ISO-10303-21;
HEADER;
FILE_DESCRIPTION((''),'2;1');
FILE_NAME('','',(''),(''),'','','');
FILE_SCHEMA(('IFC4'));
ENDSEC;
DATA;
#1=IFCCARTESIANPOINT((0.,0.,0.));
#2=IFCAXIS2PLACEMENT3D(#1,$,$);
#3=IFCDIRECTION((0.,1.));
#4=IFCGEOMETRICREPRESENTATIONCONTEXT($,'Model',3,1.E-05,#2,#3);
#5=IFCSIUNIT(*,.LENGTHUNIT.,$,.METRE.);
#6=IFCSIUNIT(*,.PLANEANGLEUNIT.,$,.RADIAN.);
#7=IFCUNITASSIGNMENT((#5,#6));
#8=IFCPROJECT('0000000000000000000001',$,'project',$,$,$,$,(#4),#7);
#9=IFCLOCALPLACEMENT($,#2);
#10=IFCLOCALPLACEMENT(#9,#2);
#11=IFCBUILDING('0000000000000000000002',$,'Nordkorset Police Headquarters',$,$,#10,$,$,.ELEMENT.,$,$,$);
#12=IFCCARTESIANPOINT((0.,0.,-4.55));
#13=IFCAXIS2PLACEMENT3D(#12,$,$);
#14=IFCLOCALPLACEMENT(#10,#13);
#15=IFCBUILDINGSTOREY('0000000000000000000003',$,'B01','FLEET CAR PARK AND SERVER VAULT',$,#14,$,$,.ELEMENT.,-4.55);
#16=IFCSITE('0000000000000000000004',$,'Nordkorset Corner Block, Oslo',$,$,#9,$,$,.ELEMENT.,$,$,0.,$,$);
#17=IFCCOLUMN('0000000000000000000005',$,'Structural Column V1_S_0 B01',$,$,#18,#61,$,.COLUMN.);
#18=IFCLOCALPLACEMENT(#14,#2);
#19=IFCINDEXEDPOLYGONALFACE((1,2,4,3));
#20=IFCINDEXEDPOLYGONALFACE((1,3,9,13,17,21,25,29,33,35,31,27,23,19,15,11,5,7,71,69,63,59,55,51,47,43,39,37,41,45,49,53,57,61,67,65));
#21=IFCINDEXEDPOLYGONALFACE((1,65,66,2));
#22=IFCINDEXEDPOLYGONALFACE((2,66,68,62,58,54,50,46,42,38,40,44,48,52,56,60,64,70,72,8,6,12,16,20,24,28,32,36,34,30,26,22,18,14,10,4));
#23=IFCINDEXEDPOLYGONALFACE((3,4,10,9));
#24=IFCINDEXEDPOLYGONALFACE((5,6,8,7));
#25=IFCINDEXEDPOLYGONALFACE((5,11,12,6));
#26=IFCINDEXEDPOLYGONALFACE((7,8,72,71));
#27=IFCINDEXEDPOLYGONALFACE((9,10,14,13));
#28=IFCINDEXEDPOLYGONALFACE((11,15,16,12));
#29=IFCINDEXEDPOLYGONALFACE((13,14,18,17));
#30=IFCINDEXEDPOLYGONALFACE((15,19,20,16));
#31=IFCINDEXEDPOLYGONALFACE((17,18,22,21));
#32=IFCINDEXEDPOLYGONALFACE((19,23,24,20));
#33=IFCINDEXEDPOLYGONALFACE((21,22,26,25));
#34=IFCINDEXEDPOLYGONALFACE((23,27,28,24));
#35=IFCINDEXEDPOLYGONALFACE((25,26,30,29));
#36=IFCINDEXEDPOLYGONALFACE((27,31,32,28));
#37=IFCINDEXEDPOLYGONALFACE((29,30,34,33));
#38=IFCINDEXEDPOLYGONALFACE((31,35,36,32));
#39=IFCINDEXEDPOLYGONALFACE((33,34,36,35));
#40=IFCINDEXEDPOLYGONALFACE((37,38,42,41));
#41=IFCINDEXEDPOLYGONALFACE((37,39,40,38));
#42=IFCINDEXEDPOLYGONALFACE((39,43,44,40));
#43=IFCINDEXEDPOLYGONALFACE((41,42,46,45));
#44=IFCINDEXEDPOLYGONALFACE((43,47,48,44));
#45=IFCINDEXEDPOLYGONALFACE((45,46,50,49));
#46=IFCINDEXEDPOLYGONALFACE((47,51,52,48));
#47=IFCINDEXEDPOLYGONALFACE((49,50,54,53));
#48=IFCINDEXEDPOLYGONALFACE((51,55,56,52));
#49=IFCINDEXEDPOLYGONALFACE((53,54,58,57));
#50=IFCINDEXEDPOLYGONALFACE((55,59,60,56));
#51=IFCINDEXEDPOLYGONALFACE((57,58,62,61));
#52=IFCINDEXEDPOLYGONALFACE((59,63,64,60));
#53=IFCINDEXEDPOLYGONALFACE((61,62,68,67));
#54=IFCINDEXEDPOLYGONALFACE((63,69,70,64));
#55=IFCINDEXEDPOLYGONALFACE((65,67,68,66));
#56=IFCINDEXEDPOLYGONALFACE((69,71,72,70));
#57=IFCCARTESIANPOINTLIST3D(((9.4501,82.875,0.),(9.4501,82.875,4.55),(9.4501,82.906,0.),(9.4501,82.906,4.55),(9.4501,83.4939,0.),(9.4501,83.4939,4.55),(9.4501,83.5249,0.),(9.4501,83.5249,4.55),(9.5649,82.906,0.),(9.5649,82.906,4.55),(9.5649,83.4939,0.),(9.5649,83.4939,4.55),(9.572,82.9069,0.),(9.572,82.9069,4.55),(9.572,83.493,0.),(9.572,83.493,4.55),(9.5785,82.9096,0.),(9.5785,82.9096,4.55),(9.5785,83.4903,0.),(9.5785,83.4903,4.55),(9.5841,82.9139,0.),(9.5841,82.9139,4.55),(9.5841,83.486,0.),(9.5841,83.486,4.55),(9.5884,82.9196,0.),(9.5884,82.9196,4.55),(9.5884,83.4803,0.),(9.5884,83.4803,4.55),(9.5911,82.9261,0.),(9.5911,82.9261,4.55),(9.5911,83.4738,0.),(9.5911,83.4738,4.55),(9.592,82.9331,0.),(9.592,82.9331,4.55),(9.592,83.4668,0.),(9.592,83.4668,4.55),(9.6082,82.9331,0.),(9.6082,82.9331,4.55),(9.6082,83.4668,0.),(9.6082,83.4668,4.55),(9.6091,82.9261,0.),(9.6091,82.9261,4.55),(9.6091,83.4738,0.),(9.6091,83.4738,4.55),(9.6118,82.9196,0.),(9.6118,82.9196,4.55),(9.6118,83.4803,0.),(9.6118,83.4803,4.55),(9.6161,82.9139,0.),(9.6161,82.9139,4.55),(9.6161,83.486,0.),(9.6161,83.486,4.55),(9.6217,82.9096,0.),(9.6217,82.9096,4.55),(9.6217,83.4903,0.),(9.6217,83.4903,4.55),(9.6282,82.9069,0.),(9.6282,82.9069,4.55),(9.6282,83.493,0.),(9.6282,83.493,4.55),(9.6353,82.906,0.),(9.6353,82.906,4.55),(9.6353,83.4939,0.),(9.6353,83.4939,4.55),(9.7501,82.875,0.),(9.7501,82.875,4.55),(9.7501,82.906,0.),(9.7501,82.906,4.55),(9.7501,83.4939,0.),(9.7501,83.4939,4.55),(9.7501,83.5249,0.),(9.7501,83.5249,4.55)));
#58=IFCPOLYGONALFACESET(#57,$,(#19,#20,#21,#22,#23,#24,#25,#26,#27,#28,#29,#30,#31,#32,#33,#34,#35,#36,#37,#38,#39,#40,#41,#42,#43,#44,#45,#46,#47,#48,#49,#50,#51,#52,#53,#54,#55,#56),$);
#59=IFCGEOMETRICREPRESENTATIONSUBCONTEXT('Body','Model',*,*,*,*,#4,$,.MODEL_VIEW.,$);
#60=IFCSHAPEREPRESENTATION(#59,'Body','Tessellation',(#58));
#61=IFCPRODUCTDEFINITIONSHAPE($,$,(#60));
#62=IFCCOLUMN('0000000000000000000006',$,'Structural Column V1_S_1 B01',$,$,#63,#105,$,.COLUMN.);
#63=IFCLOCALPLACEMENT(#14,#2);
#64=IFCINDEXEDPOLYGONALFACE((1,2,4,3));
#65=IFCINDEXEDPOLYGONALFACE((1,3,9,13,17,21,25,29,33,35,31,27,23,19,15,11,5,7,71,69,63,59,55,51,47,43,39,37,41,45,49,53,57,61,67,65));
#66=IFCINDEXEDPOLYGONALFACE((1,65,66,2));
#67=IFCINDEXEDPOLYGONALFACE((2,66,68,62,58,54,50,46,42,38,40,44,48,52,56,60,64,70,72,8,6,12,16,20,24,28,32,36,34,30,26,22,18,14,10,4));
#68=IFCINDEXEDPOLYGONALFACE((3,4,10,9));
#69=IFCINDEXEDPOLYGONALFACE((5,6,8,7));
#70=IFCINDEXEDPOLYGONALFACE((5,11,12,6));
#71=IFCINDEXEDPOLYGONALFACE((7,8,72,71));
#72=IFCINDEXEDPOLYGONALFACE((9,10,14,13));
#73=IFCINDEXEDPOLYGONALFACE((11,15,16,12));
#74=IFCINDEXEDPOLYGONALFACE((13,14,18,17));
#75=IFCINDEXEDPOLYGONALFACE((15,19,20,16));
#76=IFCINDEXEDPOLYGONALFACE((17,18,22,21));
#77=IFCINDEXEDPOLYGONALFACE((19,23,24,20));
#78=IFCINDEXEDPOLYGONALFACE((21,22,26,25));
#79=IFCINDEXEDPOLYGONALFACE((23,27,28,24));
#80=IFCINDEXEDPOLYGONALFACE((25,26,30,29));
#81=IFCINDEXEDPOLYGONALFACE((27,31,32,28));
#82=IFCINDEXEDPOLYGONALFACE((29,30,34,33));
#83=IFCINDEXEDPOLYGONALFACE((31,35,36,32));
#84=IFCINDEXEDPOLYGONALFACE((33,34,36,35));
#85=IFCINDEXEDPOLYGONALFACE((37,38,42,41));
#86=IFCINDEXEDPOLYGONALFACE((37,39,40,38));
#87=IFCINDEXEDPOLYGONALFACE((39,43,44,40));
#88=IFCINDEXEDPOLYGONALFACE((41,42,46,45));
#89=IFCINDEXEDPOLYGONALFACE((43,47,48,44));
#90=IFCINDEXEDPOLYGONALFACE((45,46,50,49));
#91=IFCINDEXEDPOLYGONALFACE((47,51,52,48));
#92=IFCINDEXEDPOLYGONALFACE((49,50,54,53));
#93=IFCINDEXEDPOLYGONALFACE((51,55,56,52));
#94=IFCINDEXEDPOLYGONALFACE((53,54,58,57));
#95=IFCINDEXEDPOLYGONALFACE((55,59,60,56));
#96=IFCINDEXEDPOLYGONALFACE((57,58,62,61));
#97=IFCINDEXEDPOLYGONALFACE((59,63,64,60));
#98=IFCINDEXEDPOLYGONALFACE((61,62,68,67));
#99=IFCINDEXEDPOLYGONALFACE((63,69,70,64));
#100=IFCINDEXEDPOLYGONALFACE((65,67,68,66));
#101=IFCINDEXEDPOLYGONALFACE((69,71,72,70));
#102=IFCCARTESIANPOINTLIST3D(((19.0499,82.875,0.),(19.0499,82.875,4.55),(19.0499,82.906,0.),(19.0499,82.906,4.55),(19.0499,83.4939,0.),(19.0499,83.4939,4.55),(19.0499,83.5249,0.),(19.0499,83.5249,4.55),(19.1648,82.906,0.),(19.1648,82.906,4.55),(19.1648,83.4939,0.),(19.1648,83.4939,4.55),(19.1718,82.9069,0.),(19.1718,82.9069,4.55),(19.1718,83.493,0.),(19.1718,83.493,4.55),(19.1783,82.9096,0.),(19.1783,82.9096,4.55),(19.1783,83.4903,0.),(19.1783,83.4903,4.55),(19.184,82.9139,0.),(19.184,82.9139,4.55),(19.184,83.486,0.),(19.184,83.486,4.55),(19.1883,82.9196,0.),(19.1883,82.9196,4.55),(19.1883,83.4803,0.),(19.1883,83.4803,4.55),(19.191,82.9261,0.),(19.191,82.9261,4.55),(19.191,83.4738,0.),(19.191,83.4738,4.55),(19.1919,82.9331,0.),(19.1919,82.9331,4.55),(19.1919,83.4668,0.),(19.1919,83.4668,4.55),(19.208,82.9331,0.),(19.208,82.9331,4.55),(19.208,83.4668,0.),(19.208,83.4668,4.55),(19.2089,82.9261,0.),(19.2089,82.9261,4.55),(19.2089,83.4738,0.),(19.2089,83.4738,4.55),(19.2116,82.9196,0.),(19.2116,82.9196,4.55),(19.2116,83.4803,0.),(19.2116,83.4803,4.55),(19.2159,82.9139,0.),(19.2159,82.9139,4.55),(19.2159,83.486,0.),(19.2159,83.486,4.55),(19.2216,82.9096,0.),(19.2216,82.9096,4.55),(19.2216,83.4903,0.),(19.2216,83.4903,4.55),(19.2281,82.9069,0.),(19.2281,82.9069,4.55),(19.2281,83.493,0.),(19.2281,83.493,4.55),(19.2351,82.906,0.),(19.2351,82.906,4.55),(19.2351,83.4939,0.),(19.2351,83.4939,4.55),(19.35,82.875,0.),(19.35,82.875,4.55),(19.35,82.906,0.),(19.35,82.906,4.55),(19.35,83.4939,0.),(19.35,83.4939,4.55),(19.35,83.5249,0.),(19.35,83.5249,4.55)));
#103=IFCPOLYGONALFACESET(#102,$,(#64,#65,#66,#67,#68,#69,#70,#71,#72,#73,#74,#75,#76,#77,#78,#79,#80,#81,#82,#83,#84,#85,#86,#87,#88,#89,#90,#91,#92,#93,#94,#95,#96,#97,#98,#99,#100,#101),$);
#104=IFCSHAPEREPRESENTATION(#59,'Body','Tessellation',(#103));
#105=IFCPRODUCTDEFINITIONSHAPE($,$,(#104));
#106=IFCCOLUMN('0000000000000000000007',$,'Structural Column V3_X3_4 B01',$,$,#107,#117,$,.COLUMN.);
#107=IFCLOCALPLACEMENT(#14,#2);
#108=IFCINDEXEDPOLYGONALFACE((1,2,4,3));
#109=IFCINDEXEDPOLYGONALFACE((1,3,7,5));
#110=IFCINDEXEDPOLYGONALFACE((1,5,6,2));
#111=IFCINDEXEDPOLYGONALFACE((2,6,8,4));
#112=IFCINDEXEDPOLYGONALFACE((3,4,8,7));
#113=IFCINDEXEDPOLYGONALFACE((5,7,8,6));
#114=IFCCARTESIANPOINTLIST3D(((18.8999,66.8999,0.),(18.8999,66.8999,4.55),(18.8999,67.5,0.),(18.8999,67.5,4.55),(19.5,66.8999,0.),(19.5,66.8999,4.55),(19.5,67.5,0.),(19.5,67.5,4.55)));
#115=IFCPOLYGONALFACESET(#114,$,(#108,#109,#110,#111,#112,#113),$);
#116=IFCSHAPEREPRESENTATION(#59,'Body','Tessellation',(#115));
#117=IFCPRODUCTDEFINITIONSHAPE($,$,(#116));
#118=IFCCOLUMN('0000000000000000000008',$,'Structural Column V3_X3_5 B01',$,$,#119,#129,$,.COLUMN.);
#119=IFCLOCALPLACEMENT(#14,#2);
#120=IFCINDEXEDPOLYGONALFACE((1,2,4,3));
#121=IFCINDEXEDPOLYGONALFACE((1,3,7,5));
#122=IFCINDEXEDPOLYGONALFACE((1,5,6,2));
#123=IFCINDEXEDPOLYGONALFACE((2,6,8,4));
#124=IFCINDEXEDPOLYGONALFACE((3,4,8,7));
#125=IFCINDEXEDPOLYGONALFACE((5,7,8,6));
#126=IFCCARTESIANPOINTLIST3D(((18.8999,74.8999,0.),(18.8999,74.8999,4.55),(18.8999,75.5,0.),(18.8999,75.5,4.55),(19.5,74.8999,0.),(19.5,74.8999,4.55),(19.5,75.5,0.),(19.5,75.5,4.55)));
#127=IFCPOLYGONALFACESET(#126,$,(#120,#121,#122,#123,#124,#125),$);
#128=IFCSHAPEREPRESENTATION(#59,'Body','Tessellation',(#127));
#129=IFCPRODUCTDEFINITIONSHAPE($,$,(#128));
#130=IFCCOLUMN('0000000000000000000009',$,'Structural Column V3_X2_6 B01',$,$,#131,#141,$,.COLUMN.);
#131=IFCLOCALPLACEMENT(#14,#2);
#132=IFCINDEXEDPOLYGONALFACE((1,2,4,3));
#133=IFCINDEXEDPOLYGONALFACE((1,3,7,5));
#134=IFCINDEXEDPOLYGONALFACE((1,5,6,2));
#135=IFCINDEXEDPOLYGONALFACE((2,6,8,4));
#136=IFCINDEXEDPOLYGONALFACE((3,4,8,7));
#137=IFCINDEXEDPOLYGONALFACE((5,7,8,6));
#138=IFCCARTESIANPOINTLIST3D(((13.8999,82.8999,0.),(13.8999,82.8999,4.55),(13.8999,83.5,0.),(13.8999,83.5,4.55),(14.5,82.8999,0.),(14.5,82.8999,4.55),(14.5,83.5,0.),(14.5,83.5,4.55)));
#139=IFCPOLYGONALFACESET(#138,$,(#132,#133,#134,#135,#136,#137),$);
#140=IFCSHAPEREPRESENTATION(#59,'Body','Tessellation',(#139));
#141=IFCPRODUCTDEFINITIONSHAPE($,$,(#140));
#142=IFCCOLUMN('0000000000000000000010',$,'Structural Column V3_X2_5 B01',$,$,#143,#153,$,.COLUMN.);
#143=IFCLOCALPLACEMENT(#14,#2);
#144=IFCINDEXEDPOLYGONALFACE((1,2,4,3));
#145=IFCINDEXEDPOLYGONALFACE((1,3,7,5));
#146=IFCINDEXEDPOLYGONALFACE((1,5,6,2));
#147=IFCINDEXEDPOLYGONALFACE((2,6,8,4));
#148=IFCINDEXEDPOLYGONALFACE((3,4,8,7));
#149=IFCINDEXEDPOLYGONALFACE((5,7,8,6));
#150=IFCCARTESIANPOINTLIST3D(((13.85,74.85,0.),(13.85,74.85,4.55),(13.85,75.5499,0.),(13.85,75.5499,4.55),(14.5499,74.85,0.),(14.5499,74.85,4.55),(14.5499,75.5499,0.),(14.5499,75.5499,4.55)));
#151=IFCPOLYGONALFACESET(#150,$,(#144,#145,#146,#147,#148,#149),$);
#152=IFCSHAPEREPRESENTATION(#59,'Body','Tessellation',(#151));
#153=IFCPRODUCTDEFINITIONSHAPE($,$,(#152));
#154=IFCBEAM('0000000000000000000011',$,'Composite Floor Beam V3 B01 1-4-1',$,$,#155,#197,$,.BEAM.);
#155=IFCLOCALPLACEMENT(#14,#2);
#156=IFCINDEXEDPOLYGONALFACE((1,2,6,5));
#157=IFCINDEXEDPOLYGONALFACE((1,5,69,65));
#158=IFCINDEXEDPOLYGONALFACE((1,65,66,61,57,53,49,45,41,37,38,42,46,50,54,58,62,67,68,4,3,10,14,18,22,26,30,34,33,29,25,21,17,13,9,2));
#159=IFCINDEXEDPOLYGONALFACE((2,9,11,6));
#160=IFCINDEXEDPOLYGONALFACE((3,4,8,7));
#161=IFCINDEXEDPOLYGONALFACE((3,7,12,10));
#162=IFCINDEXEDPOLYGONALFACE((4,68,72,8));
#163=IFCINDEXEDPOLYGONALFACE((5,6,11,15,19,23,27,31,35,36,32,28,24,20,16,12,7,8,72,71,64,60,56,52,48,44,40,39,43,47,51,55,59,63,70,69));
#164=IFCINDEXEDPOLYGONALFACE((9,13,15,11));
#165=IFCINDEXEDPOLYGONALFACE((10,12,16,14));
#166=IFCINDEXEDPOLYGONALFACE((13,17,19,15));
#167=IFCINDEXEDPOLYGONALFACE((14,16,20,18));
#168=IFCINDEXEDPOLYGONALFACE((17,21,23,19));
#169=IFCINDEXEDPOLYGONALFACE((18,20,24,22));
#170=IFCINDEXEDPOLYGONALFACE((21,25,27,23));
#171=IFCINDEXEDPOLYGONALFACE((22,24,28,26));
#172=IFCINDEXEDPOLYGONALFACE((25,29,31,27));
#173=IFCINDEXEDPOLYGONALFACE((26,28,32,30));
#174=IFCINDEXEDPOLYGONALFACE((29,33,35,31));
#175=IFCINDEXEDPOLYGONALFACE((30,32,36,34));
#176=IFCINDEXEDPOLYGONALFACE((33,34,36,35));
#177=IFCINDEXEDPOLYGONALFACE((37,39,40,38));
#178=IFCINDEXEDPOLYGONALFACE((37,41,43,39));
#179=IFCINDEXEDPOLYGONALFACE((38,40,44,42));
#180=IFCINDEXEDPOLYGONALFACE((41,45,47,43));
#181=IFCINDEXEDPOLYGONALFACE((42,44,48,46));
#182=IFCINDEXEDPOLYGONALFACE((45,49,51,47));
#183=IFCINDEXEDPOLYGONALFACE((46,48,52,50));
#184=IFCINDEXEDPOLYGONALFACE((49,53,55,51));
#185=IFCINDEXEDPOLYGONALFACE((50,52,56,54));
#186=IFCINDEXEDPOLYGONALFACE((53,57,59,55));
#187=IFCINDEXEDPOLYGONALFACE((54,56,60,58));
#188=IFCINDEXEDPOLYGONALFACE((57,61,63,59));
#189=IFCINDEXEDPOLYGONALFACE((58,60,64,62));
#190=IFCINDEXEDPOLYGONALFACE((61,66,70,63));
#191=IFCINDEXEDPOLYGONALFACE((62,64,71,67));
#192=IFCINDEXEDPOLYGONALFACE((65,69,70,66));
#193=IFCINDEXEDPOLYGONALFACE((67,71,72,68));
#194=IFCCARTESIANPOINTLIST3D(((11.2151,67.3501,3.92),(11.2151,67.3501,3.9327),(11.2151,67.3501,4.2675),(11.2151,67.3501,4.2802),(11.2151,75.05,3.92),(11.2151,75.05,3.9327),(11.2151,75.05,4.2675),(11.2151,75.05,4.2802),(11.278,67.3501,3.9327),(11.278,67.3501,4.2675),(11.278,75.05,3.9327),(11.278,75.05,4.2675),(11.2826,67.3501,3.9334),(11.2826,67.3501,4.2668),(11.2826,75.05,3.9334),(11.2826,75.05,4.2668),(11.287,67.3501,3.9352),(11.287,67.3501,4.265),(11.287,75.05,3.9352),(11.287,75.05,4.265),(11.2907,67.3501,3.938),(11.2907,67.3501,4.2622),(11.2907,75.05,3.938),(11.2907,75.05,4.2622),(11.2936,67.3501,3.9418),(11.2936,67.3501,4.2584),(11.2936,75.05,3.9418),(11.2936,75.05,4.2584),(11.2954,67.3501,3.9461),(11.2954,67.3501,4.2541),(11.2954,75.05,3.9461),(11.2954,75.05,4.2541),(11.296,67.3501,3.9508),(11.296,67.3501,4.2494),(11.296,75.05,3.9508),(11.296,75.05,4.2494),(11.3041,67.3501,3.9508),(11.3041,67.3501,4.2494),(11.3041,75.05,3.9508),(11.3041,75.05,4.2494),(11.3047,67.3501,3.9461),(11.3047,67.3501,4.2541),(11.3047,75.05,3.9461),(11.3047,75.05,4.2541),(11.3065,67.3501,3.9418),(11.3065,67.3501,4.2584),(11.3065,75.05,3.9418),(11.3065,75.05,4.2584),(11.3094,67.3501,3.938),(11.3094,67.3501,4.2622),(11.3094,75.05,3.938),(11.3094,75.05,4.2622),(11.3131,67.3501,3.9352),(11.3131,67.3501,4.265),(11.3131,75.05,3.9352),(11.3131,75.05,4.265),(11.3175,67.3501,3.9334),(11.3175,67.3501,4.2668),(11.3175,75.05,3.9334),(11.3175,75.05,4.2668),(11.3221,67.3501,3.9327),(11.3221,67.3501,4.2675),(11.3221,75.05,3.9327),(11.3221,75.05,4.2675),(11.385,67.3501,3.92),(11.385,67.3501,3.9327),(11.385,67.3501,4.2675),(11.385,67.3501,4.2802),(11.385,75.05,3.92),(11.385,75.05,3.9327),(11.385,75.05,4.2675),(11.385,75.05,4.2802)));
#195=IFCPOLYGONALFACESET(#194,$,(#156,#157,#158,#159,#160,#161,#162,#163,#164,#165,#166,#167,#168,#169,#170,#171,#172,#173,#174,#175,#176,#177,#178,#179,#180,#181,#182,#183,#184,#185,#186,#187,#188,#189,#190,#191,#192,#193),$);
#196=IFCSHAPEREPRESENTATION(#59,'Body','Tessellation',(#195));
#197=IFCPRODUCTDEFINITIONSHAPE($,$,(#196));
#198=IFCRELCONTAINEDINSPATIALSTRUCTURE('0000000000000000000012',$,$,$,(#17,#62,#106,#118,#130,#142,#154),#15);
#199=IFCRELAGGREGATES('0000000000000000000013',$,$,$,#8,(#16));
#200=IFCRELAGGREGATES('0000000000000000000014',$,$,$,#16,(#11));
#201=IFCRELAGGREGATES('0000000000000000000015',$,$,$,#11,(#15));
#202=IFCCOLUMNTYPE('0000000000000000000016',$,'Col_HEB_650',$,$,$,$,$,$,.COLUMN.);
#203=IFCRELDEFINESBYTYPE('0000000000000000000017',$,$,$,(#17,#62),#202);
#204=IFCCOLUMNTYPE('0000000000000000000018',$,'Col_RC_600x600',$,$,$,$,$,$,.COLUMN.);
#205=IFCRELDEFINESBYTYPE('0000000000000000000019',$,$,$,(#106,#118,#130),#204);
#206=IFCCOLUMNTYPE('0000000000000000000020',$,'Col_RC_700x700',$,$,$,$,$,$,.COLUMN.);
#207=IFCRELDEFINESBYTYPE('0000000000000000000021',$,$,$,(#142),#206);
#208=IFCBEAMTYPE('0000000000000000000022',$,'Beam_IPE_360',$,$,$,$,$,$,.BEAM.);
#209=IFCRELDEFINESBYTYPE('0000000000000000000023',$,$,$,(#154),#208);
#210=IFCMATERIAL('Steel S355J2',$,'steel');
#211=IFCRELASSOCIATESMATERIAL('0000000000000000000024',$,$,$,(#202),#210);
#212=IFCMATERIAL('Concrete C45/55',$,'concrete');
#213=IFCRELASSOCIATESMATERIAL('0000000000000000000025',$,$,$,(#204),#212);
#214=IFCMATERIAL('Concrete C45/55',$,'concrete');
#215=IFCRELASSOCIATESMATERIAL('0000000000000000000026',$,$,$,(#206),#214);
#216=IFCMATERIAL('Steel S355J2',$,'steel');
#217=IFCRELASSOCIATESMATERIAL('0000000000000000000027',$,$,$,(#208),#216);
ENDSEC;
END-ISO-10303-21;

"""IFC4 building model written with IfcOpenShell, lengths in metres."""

from ifc_helpers import new_model, si_unit, direction, frame, origin, origin_2d, place, context, subcontext, project, spatial, rectangle, i_section, extrude, material, material_profile, profile_set, type_object, element, save


model = new_model("IFC4")

# Units and contexts
model_context = context("Model", 3, precision=1e-05, world=origin(), true_north=direction((0.0, 1.0)))
body_context = subcontext(model_context, "Body", "Model", "MODEL_VIEW")
ifc_project = project(units=[si_unit("LENGTHUNIT", "METRE"), si_unit("PLANEANGLEUNIT", "RADIAN")], contexts=[model_context])

# Site, building, storey
site_placement = place(None, origin())
site = spatial("IfcSite", under=ifc_project, at=site_placement, Name="Nordkorset Corner Block, Oslo", CompositionType="ELEMENT", RefElevation=0.0)
building_placement = place(site_placement, origin())
building = spatial("IfcBuilding", under=site, at=building_placement, Name="Nordkorset Police Headquarters", CompositionType="ELEMENT")
storey_placement = place(building_placement, frame((0.0, 0.0, -4.55)))
storey = spatial("IfcBuildingStorey", under=building, at=storey_placement, Name="B01", Description="FLEET CAR PARK AND SERVER VAULT", CompositionType="ELEMENT", Elevation=-4.55)

# Columns
ifc_material_1 = material(Name="Steel S355J2", Category="steel")
ifc_material_profile_1 = material_profile(ifc_material_1, i_section(OverallWidth=0.3, OverallDepth=0.6499, WebThickness=0.0161, FlangeThickness=0.031, FilletRadius=0.0271, at=origin_2d()), Name="HEB 650")
ifc_profile_set_1 = profile_set([ifc_material_profile_1], Name="Steel S355J2")
column_type_1 = type_object("IfcColumnType", Name="Col_HEB_650", PredefinedType="COLUMN", material=ifc_profile_set_1)
for number, where, z_axis, x_axis, name in (
    (1, (9.6001, 83.2, 0.0), (0.0, 0.0, 1.0), (1.0, 0.0, 0.0), "Structural Column V1_S_0 B01"),
    (2, (19.2, 83.2, 0.0), (0.0, 0.0, 1.0), (1.0, 0.0, 0.0), "Structural Column V1_S_1 B01"),
):
    element("IfcColumn", number, at=place(storey_placement, frame(where, z_axis=z_axis, x_axis=x_axis)), inside=storey, type_object=column_type_1, Name=name, PredefinedType="COLUMN", context=body_context, shape_type="SweptSolid", body=[
        extrude(i_section(OverallWidth=0.3, OverallDepth=0.6499, WebThickness=0.0161, FlangeThickness=0.031, FilletRadius=0.0271, at=origin_2d()), origin(), (0.0, 0.0, 1.0), 4.55),
    ])
ifc_material_2 = material(Name="Concrete C45/55", Category="concrete")
ifc_material_profile_2 = material_profile(ifc_material_2, rectangle(XDim=0.6001, YDim=0.6001, at=origin_2d()), Name="RC 600x600")
ifc_profile_set_2 = profile_set([ifc_material_profile_2], Name="Concrete C45/55")
column_type_2 = type_object("IfcColumnType", Name="Col_RC_600x600", PredefinedType="COLUMN", material=ifc_profile_set_2)
for number, where, z_axis, x_axis, name in (
    (3, (19.2, 67.2, 0.0), (0.0, 0.0, 1.0), (1.0, 0.0, 0.0), "Structural Column V3_X3_4 B01"),
    (4, (19.2, 75.2, 0.0), (0.0, 0.0, 1.0), (1.0, 0.0, 0.0), "Structural Column V3_X3_5 B01"),
    (5, (14.2, 83.2, 0.0), (0.0, 0.0, 1.0), (1.0, 0.0, 0.0), "Structural Column V3_X2_6 B01"),
):
    element("IfcColumn", number, at=place(storey_placement, frame(where, z_axis=z_axis, x_axis=x_axis)), inside=storey, type_object=column_type_2, Name=name, PredefinedType="COLUMN", context=body_context, shape_type="SweptSolid", body=[
        extrude(rectangle(XDim=0.6001, YDim=0.6001, at=origin_2d()), origin(), (0.0, 0.0, 1.0), 4.55),
    ])
ifc_material_3 = material(Name="Concrete C45/55", Category="concrete")
ifc_material_profile_3 = material_profile(ifc_material_3, rectangle(XDim=0.7, YDim=0.7, at=origin_2d()), Name="RC 700x700")
ifc_profile_set_3 = profile_set([ifc_material_profile_3], Name="Concrete C45/55")
column_type_3 = type_object("IfcColumnType", Name="Col_RC_700x700", PredefinedType="COLUMN", material=ifc_profile_set_3)
column_placement = place(storey_placement, frame((14.2, 75.2, 0.0), z_axis=(0.0, 0.0, 1.0), x_axis=(1.0, 0.0, 0.0)))
element("IfcColumn", 6, at=column_placement, inside=storey, type_object=column_type_3, Name="Structural Column V3_X2_5 B01", PredefinedType="COLUMN", context=body_context, shape_type="SweptSolid", body=[
    extrude(rectangle(XDim=0.7, YDim=0.7, at=origin_2d()), origin(), (0.0, 0.0, 1.0), 4.55),
])

# Beam
ifc_material_4 = material(Name="Steel S355J2", Category="steel")
ifc_material_profile_4 = material_profile(ifc_material_4, i_section(OverallWidth=0.1699, OverallDepth=0.3601, WebThickness=0.0081, FlangeThickness=0.0127, FilletRadius=0.0181, at=origin_2d()), Name="IPE 360")
ifc_profile_set_4 = profile_set([ifc_material_profile_4], Name="Steel S355J2")
beam_type_1 = type_object("IfcBeamType", Name="Beam_IPE_360", PredefinedType="BEAM", material=ifc_profile_set_4)
for number, where, z_axis, x_axis, name in (
    (7, (11.3, 67.3501, 4.1001), (0.0, 1.0, 0.0), (-1.0, 0.0, 0.0), "Composite Floor Beam V3 B01 1-4-1"),
):
    element("IfcBeam", number, at=place(storey_placement, frame(where, z_axis=z_axis, x_axis=x_axis)), inside=storey, type_object=beam_type_1, Name=name, PredefinedType="BEAM", context=body_context, shape_type="SweptSolid", body=[
        extrude(i_section(OverallWidth=0.1699, OverallDepth=0.3601, WebThickness=0.0081, FlangeThickness=0.0127, FilletRadius=0.0181, at=origin_2d()), origin(), (0.0, 0.0, 1.0), 7.7),
    ])

save(model, "model.ifc")
